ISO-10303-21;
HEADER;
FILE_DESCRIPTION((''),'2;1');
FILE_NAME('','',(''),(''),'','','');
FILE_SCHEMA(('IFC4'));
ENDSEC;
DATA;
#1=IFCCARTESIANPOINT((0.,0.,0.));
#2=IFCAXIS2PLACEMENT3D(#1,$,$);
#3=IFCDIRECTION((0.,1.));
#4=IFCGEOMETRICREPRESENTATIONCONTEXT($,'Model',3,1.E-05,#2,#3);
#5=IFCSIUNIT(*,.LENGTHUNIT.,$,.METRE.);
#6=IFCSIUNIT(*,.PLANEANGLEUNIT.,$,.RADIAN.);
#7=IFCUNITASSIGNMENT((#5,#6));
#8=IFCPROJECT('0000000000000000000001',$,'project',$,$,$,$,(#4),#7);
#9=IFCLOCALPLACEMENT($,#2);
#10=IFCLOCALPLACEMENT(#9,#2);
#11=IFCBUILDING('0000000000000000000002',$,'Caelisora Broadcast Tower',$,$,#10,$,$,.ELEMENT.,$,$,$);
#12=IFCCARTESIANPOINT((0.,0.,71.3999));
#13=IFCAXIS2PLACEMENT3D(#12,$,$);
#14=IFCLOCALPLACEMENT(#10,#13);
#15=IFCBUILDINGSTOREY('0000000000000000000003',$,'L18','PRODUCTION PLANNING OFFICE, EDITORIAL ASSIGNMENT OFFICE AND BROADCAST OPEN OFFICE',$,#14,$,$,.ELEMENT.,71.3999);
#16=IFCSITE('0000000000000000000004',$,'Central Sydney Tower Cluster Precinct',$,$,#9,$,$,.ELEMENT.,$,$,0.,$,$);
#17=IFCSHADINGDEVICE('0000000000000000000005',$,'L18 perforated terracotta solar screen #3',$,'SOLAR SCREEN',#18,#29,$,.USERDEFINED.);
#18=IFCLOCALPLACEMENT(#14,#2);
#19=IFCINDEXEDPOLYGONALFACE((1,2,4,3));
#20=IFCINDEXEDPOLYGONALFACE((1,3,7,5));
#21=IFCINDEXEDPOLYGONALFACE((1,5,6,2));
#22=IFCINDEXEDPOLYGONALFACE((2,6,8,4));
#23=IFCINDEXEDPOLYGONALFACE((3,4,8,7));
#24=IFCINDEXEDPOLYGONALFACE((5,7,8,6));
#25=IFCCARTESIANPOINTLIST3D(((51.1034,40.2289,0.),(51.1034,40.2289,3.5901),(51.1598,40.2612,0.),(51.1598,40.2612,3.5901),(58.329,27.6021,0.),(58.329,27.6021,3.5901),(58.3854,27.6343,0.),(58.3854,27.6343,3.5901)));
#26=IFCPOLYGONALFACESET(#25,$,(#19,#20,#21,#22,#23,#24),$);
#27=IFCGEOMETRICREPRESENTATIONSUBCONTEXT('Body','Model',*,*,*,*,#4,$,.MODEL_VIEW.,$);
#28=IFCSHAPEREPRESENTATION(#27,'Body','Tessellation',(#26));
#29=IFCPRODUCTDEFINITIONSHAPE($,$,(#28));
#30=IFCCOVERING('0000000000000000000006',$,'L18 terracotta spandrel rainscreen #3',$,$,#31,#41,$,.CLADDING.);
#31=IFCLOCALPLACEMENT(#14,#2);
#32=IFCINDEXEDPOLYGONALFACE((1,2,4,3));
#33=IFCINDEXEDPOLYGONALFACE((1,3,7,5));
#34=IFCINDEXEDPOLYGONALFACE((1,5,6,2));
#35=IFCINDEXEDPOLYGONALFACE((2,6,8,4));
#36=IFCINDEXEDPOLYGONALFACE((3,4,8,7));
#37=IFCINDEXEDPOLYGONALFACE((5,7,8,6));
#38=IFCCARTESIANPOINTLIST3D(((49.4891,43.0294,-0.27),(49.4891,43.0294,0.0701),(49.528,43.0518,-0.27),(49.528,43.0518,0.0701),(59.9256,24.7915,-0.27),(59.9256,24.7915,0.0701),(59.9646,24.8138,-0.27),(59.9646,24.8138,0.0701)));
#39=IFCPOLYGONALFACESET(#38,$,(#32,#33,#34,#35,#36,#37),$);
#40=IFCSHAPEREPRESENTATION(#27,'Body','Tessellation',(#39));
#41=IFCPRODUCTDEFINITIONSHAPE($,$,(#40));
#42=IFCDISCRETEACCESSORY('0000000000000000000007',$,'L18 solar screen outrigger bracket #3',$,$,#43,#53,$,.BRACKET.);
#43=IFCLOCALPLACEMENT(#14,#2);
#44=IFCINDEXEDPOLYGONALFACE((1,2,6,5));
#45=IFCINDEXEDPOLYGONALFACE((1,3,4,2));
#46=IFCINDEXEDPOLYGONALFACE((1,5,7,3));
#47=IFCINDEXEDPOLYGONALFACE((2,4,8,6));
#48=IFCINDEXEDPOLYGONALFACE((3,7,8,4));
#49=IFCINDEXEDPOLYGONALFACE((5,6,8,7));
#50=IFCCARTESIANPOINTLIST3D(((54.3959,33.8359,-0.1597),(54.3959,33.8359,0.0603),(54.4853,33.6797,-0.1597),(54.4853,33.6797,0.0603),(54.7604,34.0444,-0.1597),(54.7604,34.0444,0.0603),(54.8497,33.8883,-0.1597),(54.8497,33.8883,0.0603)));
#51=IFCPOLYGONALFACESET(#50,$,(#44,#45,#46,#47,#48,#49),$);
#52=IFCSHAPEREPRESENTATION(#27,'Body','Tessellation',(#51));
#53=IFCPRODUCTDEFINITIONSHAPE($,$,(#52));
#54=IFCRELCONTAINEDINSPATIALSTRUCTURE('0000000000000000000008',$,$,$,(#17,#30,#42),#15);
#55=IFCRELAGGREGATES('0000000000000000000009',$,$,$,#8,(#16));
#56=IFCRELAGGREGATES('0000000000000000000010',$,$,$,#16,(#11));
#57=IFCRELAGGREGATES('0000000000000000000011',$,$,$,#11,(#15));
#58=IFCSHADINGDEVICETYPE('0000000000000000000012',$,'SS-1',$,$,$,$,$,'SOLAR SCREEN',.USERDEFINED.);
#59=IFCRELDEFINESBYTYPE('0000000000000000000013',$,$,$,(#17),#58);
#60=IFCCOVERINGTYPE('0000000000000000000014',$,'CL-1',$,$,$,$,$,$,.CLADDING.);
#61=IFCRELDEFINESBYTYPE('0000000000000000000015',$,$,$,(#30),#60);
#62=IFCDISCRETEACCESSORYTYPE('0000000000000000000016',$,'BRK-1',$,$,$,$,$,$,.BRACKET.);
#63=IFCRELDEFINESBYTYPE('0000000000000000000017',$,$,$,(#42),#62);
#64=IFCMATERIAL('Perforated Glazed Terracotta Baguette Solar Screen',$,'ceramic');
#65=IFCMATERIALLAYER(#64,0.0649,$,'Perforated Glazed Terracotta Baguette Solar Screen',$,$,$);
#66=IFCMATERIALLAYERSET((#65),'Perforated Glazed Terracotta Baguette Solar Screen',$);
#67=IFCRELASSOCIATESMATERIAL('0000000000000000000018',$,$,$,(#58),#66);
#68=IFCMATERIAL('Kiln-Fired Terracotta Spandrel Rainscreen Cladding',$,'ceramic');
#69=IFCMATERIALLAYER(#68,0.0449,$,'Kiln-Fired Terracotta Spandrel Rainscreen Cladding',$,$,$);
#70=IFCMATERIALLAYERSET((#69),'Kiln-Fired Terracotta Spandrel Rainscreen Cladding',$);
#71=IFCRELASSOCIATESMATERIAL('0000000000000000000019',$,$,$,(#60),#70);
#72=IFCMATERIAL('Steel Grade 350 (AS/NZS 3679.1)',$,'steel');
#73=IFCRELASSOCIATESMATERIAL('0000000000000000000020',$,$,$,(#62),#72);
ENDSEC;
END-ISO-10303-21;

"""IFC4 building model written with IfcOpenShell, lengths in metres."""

from ifc_helpers import new_model, si_unit, direction, frame, origin, origin_2d, place, context, subcontext, project, spatial, rectangle, extrude, source, transform, mapped, material, layer, layer_set, type_object, type_shapes, element, save


model = new_model("IFC4")

# Units and contexts
model_context = context("Model", 3, precision=1e-05, world=origin(), true_north=direction((0.0, 1.0)))
body_context = subcontext(model_context, "Body", "Model", "MODEL_VIEW")
ifc_project = project(units=[si_unit("LENGTHUNIT", "METRE"), si_unit("PLANEANGLEUNIT", "RADIAN")], contexts=[model_context])

# Site, building, storey
site_placement = place(None, origin())
site = spatial("IfcSite", under=ifc_project, at=site_placement, Name="Central Sydney Tower Cluster Precinct", CompositionType="ELEMENT", RefElevation=0.0)
building_placement = place(site_placement, origin())
building = spatial("IfcBuilding", under=site, at=building_placement, Name="Caelisora Broadcast Tower", CompositionType="ELEMENT")
storey_placement = place(building_placement, frame((0.0, 0.0, 71.3999)))
storey = spatial("IfcBuildingStorey", under=building, at=storey_placement, Name="L18", Description="PRODUCTION PLANNING OFFICE, EDITORIAL ASSIGNMENT OFFICE AND BROADCAST OPEN OFFICE", CompositionType="ELEMENT", Elevation=71.3999)

# Shared definitions
ifc_material_1 = material(Name="Steel Grade 350 (AS/NZS 3679.1)", Category="steel")

# Shading device
ifc_material_2 = material(Name="Perforated Glazed Terracotta Baguette Solar Screen", Category="ceramic")
ifc_layer_1 = layer(ifc_material_2, 0.0649, Name="Perforated Glazed Terracotta Baguette Solar Screen")
ifc_layer_set_1 = layer_set([ifc_layer_1], Name="Perforated Glazed Terracotta Baguette Solar Screen")
shading_device_type = type_object("IfcShadingDeviceType", Name="SS-1", ElementType="SOLAR SCREEN", PredefinedType="USERDEFINED", material=ifc_layer_set_1)
shared_shape_1 = source(origin(), body_context, "Body", "SweptSolid", [
    extrude(rectangle(XDim=14.5481, YDim=0.0649, at=origin_2d()), origin(), (0.0, 0.0, 1.0), 3.5901),
])
type_shapes(shading_device_type, [shared_shape_1])
shading_device_placement = place(storey_placement, frame((54.7444, 33.9316, 0.0), z_axis=(0.0, 0.0, 1.0), x_axis=(-0.496671, 0.867939, 0.0)))
element("IfcShadingDevice", 1, at=shading_device_placement, inside=storey, type_object=shading_device_type, Name="L18 perforated terracotta solar screen #3", ObjectType="SOLAR SCREEN", PredefinedType="USERDEFINED", context=body_context, shape_type="MappedRepresentation", body=[
    mapped(shared_shape_1, transform((0.0, 0.0, 0.0), scale=1.0)),
])

# Covering
ifc_material_3 = material(Name="Kiln-Fired Terracotta Spandrel Rainscreen Cladding", Category="ceramic")
ifc_layer_2 = layer(ifc_material_3, 0.0449, Name="Kiln-Fired Terracotta Spandrel Rainscreen Cladding")
ifc_layer_set_2 = layer_set([ifc_layer_2], Name="Kiln-Fired Terracotta Spandrel Rainscreen Cladding")
covering_type = type_object("IfcCoveringType", Name="CL-1", PredefinedType="CLADDING", material=ifc_layer_set_2)
shared_shape_2 = source(origin(), body_context, "Body", "SweptSolid", [
    extrude(rectangle(XDim=21.0129, YDim=0.0449, at=origin_2d()), origin(), (0.0, 0.0, 1.0), 0.3401),
])
type_shapes(covering_type, [shared_shape_2])
covering_placement = place(storey_placement, frame((54.7268, 33.9216, -0.27), z_axis=(0.0, 0.0, 1.0), x_axis=(-0.496671, 0.867939, 0.0)))
element("IfcCovering", 2, at=covering_placement, inside=storey, type_object=covering_type, Name="L18 terracotta spandrel rainscreen #3", PredefinedType="CLADDING", context=body_context, shape_type="MappedRepresentation", body=[
    mapped(shared_shape_2, transform((0.0, 0.0, 0.0), scale=1.0)),
])

# Discrete accessory
discrete_accessory_type = type_object("IfcDiscreteAccessoryType", Name="BRK-1", PredefinedType="BRACKET", material=ifc_material_1)
shared_shape_3 = source(origin(), body_context, "Body", "SweptSolid", [
    extrude(rectangle(XDim=0.1799, YDim=0.4199, at=origin_2d()), origin(), (0.0, 0.0, 1.0), 0.22),
])
type_shapes(discrete_accessory_type, [shared_shape_3])
discrete_accessory_placement = place(storey_placement, frame((54.6228, 33.8621, -0.1597), z_axis=(0.0, 0.0, 1.0), x_axis=(-0.496671, 0.867939, 0.0)))
element("IfcDiscreteAccessory", 3, at=discrete_accessory_placement, inside=storey, type_object=discrete_accessory_type, Name="L18 solar screen outrigger bracket #3", PredefinedType="BRACKET", context=body_context, shape_type="MappedRepresentation", body=[
    mapped(shared_shape_3, transform((0.0, 0.0, 0.0), scale=1.0)),
])

save(model, "model.ifc")
